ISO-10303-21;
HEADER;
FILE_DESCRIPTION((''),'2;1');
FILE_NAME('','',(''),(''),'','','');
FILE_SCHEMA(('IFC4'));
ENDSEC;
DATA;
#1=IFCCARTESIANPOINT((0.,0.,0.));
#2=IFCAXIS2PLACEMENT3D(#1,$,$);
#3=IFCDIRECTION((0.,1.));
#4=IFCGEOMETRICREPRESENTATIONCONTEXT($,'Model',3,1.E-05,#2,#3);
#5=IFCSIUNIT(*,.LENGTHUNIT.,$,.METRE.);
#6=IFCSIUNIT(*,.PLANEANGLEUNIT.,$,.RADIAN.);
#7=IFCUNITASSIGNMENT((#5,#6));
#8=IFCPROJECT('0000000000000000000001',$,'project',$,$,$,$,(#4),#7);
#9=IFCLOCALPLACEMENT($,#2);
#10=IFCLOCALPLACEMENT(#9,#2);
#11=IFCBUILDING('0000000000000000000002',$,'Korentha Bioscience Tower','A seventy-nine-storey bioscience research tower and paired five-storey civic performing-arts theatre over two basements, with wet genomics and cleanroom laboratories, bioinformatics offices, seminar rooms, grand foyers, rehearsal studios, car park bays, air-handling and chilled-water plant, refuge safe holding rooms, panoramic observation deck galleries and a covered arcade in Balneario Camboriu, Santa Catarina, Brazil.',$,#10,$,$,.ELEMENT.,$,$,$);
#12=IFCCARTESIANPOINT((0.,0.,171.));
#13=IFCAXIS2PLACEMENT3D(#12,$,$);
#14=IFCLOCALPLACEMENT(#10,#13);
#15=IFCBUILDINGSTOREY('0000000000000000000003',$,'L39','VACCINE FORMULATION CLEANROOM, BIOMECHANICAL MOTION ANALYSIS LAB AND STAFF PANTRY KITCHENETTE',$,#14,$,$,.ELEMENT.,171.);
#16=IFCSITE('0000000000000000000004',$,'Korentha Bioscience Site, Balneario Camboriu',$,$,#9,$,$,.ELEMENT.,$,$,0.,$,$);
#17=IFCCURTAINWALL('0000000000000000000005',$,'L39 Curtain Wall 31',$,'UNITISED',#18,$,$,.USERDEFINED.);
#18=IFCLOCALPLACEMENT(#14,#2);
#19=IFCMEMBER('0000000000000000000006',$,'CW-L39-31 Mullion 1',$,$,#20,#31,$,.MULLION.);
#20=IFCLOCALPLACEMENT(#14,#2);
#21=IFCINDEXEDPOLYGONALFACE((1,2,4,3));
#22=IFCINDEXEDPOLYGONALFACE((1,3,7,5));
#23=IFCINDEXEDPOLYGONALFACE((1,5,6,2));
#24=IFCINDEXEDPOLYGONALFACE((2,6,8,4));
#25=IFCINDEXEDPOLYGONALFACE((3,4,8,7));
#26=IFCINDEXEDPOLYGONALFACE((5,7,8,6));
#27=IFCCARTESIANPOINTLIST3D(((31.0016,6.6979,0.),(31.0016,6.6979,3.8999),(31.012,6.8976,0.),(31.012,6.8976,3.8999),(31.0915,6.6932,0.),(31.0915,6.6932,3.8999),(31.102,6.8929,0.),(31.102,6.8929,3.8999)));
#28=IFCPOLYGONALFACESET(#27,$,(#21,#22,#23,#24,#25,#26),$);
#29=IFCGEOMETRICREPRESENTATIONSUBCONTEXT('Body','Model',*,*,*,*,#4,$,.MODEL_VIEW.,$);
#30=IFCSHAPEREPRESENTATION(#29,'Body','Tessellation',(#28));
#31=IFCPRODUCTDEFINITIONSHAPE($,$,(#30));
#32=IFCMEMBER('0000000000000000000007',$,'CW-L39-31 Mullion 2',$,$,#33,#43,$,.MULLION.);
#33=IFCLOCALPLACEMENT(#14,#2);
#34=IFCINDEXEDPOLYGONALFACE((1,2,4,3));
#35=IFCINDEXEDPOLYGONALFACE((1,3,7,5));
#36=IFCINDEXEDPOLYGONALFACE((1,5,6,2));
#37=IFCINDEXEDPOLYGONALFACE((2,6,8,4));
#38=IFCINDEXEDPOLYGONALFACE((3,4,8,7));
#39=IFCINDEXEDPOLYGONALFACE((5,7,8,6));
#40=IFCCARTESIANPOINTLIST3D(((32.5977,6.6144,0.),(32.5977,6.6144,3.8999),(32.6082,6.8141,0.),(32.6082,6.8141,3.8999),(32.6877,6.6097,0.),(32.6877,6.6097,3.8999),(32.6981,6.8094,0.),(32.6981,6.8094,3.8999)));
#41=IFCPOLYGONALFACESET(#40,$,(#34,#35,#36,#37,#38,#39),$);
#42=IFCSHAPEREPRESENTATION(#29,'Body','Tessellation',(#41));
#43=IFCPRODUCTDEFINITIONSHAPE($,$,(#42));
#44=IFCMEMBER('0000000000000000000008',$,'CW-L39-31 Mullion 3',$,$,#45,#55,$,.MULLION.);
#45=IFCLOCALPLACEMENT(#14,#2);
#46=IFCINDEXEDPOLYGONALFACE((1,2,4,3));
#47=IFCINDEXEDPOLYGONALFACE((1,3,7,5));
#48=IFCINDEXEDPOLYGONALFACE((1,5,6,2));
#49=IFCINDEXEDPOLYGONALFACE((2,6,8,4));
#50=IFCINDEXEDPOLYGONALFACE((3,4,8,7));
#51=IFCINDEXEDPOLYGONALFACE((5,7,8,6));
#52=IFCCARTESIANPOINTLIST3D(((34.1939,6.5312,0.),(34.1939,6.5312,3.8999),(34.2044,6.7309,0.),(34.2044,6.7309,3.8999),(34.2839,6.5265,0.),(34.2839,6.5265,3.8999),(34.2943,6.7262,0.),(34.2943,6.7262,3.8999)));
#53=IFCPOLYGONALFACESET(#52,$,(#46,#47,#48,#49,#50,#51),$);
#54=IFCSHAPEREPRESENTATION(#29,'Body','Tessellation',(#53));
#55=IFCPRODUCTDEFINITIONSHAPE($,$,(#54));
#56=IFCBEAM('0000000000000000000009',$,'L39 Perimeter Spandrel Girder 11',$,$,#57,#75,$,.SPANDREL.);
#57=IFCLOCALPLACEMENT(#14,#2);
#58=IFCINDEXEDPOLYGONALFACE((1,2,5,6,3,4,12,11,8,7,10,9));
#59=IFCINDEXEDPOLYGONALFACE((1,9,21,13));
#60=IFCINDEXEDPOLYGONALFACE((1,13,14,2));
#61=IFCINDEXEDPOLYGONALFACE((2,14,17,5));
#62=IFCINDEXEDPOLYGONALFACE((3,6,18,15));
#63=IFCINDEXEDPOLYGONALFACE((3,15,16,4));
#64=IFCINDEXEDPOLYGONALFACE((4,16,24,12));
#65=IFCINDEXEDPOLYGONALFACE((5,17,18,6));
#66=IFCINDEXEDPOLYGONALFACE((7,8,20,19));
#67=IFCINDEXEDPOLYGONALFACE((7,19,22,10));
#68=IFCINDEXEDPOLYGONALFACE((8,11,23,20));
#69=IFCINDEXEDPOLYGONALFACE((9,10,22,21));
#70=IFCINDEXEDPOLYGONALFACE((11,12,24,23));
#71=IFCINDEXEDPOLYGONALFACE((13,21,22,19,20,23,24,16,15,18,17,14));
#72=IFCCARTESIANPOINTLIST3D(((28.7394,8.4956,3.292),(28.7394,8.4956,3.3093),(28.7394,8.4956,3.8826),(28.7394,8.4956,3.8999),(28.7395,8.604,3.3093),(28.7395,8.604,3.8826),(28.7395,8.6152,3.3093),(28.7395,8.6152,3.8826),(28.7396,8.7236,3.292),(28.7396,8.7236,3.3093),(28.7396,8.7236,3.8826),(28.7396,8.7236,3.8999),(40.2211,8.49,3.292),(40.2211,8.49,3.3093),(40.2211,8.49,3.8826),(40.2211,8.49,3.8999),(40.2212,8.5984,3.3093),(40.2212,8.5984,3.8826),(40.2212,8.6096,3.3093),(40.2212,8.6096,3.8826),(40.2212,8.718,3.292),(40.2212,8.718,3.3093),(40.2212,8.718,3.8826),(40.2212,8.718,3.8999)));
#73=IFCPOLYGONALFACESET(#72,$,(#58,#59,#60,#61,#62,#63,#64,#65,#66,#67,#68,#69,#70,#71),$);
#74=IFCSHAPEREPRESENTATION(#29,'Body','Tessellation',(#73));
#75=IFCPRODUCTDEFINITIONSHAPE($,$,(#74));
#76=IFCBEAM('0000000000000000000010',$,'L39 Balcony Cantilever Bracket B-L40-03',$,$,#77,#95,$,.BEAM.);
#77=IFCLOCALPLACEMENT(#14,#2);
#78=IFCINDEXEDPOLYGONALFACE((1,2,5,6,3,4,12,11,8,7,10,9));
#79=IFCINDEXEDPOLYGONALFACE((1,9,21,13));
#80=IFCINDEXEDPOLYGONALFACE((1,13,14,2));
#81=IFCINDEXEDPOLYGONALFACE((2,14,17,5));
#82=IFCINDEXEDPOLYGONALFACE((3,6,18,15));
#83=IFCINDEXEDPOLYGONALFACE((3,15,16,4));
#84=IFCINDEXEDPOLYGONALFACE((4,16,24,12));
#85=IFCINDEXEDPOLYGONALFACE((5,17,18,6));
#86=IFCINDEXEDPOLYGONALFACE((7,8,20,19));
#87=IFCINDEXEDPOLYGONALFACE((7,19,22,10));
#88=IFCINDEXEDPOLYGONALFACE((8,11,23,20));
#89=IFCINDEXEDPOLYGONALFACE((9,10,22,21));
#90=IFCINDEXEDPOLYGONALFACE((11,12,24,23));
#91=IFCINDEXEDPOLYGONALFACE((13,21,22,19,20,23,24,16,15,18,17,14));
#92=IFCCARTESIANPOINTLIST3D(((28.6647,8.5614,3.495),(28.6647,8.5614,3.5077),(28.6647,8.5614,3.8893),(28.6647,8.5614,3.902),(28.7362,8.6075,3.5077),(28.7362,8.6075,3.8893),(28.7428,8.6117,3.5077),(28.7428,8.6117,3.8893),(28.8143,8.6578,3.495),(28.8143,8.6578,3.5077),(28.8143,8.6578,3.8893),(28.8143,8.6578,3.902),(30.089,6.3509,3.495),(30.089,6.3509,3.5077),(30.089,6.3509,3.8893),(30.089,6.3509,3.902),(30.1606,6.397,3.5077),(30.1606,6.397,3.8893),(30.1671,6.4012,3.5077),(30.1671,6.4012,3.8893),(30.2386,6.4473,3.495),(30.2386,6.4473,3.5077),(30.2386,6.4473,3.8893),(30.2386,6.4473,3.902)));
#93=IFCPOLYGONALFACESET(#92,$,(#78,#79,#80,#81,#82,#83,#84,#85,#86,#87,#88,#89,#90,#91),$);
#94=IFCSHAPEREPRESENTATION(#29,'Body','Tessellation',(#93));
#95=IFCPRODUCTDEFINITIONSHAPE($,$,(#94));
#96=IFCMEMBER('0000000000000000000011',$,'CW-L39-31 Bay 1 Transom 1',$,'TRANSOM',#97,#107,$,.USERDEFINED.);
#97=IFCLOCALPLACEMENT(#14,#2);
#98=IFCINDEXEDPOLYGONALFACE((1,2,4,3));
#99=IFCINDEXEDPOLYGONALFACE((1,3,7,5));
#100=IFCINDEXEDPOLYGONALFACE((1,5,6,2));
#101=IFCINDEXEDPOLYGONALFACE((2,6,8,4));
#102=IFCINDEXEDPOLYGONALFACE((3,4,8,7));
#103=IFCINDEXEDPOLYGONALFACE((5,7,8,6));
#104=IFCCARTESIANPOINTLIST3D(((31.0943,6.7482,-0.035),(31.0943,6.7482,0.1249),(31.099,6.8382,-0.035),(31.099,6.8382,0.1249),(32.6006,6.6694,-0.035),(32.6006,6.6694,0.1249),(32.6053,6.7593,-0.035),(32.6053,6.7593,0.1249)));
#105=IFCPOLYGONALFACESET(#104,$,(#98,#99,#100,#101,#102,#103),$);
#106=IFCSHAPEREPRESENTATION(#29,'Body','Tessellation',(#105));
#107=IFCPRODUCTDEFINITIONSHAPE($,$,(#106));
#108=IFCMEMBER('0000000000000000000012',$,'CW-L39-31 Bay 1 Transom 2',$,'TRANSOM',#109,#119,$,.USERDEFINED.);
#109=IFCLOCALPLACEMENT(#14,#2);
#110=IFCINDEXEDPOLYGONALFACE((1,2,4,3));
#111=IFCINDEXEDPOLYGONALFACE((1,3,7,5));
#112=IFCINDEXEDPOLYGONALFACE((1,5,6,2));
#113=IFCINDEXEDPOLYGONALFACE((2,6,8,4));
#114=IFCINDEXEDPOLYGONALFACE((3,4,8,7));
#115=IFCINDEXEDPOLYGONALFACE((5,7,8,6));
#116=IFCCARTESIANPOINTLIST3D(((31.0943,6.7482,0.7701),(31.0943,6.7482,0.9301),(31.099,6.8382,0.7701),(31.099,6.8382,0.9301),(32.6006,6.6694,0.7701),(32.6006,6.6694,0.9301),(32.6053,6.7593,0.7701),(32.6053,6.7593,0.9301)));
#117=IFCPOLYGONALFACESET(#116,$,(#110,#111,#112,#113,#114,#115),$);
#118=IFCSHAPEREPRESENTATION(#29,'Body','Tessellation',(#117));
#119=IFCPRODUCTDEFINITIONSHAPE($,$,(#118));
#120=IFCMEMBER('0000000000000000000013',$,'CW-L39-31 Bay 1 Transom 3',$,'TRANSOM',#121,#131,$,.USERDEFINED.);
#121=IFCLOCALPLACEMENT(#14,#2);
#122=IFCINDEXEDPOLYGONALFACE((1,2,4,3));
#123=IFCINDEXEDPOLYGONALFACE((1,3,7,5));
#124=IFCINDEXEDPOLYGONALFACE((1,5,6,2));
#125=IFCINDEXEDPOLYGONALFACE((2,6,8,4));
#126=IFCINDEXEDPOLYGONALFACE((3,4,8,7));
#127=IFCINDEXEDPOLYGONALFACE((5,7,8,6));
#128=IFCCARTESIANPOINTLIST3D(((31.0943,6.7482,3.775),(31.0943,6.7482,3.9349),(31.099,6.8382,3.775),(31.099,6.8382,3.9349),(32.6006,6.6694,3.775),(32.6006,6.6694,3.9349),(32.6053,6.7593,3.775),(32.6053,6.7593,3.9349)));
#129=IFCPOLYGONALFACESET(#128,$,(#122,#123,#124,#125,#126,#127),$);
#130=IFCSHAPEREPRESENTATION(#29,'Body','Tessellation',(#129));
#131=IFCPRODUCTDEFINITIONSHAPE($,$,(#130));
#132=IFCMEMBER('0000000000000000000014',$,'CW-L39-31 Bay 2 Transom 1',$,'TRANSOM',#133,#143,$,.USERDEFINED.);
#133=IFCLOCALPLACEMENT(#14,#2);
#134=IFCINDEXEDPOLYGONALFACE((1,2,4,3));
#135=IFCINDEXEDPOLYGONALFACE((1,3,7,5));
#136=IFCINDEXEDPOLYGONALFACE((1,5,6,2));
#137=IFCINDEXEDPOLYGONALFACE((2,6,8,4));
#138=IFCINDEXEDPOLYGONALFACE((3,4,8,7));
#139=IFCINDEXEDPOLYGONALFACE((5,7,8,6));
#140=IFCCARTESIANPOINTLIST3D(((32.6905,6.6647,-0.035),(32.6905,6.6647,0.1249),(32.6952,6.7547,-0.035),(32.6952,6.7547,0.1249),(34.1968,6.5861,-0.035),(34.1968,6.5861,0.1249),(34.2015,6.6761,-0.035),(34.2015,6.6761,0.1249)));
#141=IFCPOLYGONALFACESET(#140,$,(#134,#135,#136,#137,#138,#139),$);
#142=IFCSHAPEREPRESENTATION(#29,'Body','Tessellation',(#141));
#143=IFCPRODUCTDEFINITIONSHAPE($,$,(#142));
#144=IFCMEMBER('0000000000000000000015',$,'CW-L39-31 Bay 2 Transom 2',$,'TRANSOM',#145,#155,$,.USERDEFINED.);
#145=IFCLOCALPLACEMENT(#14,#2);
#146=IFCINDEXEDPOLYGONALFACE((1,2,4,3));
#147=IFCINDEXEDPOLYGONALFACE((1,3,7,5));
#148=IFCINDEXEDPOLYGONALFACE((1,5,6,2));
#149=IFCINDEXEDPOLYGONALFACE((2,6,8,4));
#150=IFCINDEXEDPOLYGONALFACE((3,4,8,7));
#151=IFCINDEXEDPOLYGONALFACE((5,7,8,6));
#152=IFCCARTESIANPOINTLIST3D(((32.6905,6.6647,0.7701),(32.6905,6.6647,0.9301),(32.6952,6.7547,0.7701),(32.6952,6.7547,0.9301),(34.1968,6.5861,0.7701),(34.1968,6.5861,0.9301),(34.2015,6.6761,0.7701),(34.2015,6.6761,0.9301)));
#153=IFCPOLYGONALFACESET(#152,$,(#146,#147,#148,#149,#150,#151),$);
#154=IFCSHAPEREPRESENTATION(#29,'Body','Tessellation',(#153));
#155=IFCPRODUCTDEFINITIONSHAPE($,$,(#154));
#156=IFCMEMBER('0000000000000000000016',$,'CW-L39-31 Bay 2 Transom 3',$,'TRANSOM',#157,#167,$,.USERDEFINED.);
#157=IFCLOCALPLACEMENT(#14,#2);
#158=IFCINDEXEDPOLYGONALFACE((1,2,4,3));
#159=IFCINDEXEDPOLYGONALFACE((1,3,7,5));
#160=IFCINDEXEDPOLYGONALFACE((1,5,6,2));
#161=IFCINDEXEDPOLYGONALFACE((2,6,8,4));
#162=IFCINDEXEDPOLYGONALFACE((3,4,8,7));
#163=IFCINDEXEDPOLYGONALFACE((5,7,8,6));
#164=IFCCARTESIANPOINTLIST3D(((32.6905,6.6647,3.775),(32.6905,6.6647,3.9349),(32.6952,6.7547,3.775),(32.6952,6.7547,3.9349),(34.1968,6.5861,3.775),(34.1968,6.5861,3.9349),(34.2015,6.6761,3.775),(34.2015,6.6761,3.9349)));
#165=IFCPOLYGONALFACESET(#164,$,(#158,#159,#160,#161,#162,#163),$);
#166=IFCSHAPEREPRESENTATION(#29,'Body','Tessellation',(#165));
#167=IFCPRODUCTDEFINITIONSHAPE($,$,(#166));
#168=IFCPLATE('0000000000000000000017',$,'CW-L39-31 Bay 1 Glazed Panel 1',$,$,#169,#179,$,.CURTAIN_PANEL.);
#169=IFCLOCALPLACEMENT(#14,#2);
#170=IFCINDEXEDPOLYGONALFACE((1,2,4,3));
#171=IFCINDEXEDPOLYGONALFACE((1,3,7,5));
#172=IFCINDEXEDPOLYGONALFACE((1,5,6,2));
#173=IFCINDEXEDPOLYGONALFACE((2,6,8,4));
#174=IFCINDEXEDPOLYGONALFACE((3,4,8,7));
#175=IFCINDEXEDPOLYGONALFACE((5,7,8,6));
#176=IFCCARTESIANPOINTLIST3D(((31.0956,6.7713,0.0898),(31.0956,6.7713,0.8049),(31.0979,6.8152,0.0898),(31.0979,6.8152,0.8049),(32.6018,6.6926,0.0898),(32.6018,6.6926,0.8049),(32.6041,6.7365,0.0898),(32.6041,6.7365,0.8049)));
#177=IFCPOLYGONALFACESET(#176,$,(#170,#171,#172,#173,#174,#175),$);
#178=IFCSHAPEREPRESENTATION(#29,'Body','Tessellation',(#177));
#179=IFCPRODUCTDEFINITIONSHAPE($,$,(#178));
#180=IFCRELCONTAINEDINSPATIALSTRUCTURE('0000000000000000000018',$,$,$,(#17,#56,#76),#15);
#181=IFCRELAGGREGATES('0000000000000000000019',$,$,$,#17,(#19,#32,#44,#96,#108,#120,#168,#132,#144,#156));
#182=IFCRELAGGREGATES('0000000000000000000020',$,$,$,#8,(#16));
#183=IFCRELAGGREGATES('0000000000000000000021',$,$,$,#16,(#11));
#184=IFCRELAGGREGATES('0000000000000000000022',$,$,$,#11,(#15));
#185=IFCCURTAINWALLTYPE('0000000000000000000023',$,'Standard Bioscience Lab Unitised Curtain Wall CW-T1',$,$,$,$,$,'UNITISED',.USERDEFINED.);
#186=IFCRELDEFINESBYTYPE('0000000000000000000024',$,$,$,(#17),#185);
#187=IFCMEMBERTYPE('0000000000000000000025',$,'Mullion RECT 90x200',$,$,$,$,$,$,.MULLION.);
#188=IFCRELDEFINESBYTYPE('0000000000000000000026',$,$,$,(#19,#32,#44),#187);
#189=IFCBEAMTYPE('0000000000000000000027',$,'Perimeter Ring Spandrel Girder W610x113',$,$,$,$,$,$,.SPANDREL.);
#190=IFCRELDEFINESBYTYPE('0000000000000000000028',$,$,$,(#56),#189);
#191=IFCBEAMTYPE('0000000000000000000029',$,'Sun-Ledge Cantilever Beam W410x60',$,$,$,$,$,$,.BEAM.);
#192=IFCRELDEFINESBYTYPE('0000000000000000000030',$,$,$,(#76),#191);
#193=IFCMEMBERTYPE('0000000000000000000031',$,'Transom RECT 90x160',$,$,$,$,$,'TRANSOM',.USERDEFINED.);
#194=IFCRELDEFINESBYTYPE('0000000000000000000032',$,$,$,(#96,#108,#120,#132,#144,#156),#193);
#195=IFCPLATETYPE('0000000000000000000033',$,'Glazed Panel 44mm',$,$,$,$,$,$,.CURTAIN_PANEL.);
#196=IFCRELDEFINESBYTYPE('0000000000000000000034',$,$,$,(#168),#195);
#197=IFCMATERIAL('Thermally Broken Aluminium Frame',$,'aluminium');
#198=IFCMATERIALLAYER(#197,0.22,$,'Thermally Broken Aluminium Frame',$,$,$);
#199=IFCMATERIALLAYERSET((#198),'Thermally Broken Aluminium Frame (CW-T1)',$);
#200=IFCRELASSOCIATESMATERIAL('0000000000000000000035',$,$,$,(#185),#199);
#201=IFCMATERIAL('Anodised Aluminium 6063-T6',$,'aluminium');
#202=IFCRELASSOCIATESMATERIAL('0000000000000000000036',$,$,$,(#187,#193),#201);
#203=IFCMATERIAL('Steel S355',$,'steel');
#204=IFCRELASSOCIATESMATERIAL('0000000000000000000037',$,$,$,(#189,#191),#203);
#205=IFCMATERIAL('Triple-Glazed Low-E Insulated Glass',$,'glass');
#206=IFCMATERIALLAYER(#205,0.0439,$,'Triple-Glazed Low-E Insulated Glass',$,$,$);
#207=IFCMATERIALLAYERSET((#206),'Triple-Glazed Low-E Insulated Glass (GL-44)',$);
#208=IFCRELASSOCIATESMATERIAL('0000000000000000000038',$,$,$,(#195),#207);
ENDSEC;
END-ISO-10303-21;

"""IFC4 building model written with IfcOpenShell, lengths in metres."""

from ifc_helpers import new_model, si_unit, direction, frame, origin, origin_2d, place, context, subcontext, project, spatial, rectangle, i_section, extrude, material, layer, layer_set, material_profile, profile_set, type_object, element, aggregate, save


model = new_model("IFC4")

# Units and contexts
model_context = context("Model", 3, precision=1e-05, world=origin(), true_north=direction((0.0, 1.0)))
body_context = subcontext(model_context, "Body", "Model", "MODEL_VIEW")
ifc_project = project(units=[si_unit("LENGTHUNIT", "METRE"), si_unit("PLANEANGLEUNIT", "RADIAN")], contexts=[model_context])

# Site, building, storey
site_placement = place(None, origin())
site = spatial("IfcSite", under=ifc_project, at=site_placement, Name="Korentha Bioscience Site, Balneario Camboriu", CompositionType="ELEMENT", RefElevation=0.0)
building_placement = place(site_placement, origin())
building = spatial("IfcBuilding", under=site, at=building_placement, Name="Korentha Bioscience Tower", Description="A seventy-nine-storey bioscience research tower and paired five-storey civic performing-arts theatre over two basements, with wet genomics and cleanroom laboratories, bioinformatics offices, seminar rooms, grand foyers, rehearsal studios, car park bays, air-handling and chilled-water plant, refuge safe holding rooms, panoramic observation deck galleries and a covered arcade in Balneario Camboriu, Santa Catarina, Brazil.", CompositionType="ELEMENT")
storey_placement = place(building_placement, frame((0.0, 0.0, 171.0)))
storey = spatial("IfcBuildingStorey", under=building, at=storey_placement, Name="L39", Description="VACCINE FORMULATION CLEANROOM, BIOMECHANICAL MOTION ANALYSIS LAB AND STAFF PANTRY KITCHENETTE", CompositionType="ELEMENT", Elevation=171.0)

# Curtain wall, members
ifc_material_1 = material(Name="Thermally Broken Aluminium Frame", Category="aluminium")
ifc_layer_1 = layer(ifc_material_1, 0.22, Name="Thermally Broken Aluminium Frame")
ifc_layer_set_1 = layer_set([ifc_layer_1], Name="Thermally Broken Aluminium Frame (CW-T1)")
curtain_wall_type = type_object("IfcCurtainWallType", Name="Standard Bioscience Lab Unitised Curtain Wall CW-T1", ElementType="UNITISED", PredefinedType="USERDEFINED", material=ifc_layer_set_1)
curtain_wall_placement = place(storey_placement, origin())
curtain_wall = element("IfcCurtainWall", 1, at=curtain_wall_placement, inside=storey, type_object=curtain_wall_type, Name="L39 Curtain Wall 31", ObjectType="UNITISED", PredefinedType="USERDEFINED")
ifc_material_2 = material(Name="Anodised Aluminium 6063-T6", Category="aluminium")
ifc_material_profile_1 = material_profile(ifc_material_2, rectangle(XDim=0.0901, YDim=0.2, at=origin_2d()), Name="Anodised Aluminium 6063-T6")
ifc_profile_set_1 = profile_set([ifc_material_profile_1], Name="Anodised Aluminium 6063-T6 (CW-MUL)")
member_type_1 = type_object("IfcMemberType", Name="Mullion RECT 90x200", PredefinedType="MULLION", material=ifc_profile_set_1)
member_1_placement = place(storey_placement, frame((31.0518, 6.7954, 0.0), z_axis=(0.0, 0.0, 1.0), x_axis=(0.998638, -0.05218, 0.0)))
member_1 = element("IfcMember", 2, at=member_1_placement, type_object=member_type_1, Name="CW-L39-31 Mullion 1", PredefinedType="MULLION", context=body_context, shape_type="SweptSolid", body=[
    extrude(rectangle(XDim=0.0901, YDim=0.2, at=origin_2d()), origin(), (0.0, 0.0, 1.0), 3.8999),
])
member_2_placement = place(storey_placement, frame((32.6479, 6.7119, 0.0), z_axis=(0.0, 0.0, 1.0), x_axis=(0.998638, -0.05218, 0.0)))
member_2 = element("IfcMember", 3, at=member_2_placement, type_object=member_type_1, Name="CW-L39-31 Mullion 2", PredefinedType="MULLION", context=body_context, shape_type="SweptSolid", body=[
    extrude(rectangle(XDim=0.0901, YDim=0.2, at=origin_2d()), origin(), (0.0, 0.0, 1.0), 3.8999),
])
member_3_placement = place(storey_placement, frame((34.2441, 6.6287, 0.0), z_axis=(0.0, 0.0, 1.0), x_axis=(0.998638, -0.05218, 0.0)))
member_3 = element("IfcMember", 4, at=member_3_placement, type_object=member_type_1, Name="CW-L39-31 Mullion 3", PredefinedType="MULLION", context=body_context, shape_type="SweptSolid", body=[
    extrude(rectangle(XDim=0.0901, YDim=0.2, at=origin_2d()), origin(), (0.0, 0.0, 1.0), 3.8999),
])

# Beams
ifc_material_3 = material(Name="Steel S355", Category="steel")
ifc_material_profile_2 = material_profile(ifc_material_3, i_section(OverallWidth=0.228, OverallDepth=0.6079, WebThickness=0.0112, FlangeThickness=0.0173, at=origin_2d()), Name="Steel S355")
ifc_profile_set_2 = profile_set([ifc_material_profile_2], Name="Steel S355 (SB-610)")
beam_type_1 = type_object("IfcBeamType", Name="Perimeter Ring Spandrel Girder W610x113", PredefinedType="SPANDREL", material=ifc_profile_set_2)
beam_1_placement = place(storey_placement, frame((28.7395, 8.6096, 3.5959), z_axis=(1.0, -0.000489, 0.0), x_axis=(0.000489, 1.0, 0.0)))
element("IfcBeam", 5, at=beam_1_placement, inside=storey, type_object=beam_type_1, Name="L39 Perimeter Spandrel Girder 11", PredefinedType="SPANDREL", context=body_context, shape_type="SweptSolid", body=[
    extrude(i_section(OverallWidth=0.228, OverallDepth=0.6079, WebThickness=0.0112, FlangeThickness=0.0173, at=origin_2d()), origin(), (0.0, 0.0, 1.0), 11.4817),
])
ifc_material_profile_3 = material_profile(ifc_material_3, i_section(OverallWidth=0.178, OverallDepth=0.407, WebThickness=0.0078, FlangeThickness=0.0127, at=origin_2d()), Name="Steel S355")
ifc_profile_set_3 = profile_set([ifc_material_profile_3], Name="Steel S355 (CB-410)")
beam_type_2 = type_object("IfcBeamType", Name="Sun-Ledge Cantilever Beam W410x60", PredefinedType="BEAM", material=ifc_profile_set_3)
beam_2_placement = place(storey_placement, frame((28.7395, 8.6096, 3.6985), z_axis=(0.541649, -0.840605, 0.0), x_axis=(0.840605, 0.541649, 0.0)))
element("IfcBeam", 6, at=beam_2_placement, inside=storey, type_object=beam_type_2, Name="L39 Balcony Cantilever Bracket B-L40-03", PredefinedType="BEAM", context=body_context, shape_type="SweptSolid", body=[
    extrude(i_section(OverallWidth=0.178, OverallDepth=0.407, WebThickness=0.0078, FlangeThickness=0.0127, at=origin_2d()), origin(), (0.0, 0.0, 1.0), 2.6296),
])

# Members
ifc_material_profile_4 = material_profile(ifc_material_2, rectangle(XDim=0.0901, YDim=0.1599, at=origin_2d()), Name="Anodised Aluminium 6063-T6")
ifc_profile_set_4 = profile_set([ifc_material_profile_4], Name="Anodised Aluminium 6063-T6 (CW-TRN)")
member_type_2 = type_object("IfcMemberType", Name="Transom RECT 90x160", ElementType="TRANSOM", PredefinedType="USERDEFINED", material=ifc_profile_set_4)
member_4_placement = place(storey_placement, frame((31.0967, 6.7932, 0.0449), z_axis=(0.998633, -0.052278, 0.0), x_axis=(0.052278, 0.998633, 0.0)))
member_4 = element("IfcMember", 7, at=member_4_placement, type_object=member_type_2, Name="CW-L39-31 Bay 1 Transom 1", ObjectType="TRANSOM", PredefinedType="USERDEFINED", context=body_context, shape_type="SweptSolid", body=[
    extrude(rectangle(XDim=0.0901, YDim=0.1599, at=origin_2d()), origin(), (0.0, 0.0, 1.0), 1.5083),
])
member_5_placement = place(storey_placement, frame((31.0967, 6.7932, 0.8501), z_axis=(0.998633, -0.052278, 0.0), x_axis=(0.052278, 0.998633, 0.0)))
member_5 = element("IfcMember", 8, at=member_5_placement, type_object=member_type_2, Name="CW-L39-31 Bay 1 Transom 2", ObjectType="TRANSOM", PredefinedType="USERDEFINED", context=body_context, shape_type="SweptSolid", body=[
    extrude(rectangle(XDim=0.0901, YDim=0.1599, at=origin_2d()), origin(), (0.0, 0.0, 1.0), 1.5083),
])
member_6_placement = place(storey_placement, frame((31.0967, 6.7932, 3.855), z_axis=(0.998633, -0.052278, 0.0), x_axis=(0.052278, 0.998633, 0.0)))
member_6 = element("IfcMember", 9, at=member_6_placement, type_object=member_type_2, Name="CW-L39-31 Bay 1 Transom 3", ObjectType="TRANSOM", PredefinedType="USERDEFINED", context=body_context, shape_type="SweptSolid", body=[
    extrude(rectangle(XDim=0.0901, YDim=0.1599, at=origin_2d()), origin(), (0.0, 0.0, 1.0), 1.5083),
])
member_7_placement = place(storey_placement, frame((32.6929, 6.7097, 0.0449), z_axis=(0.998641, -0.052117, 0.0), x_axis=(0.052117, 0.998641, 0.0)))
member_7 = element("IfcMember", 10, at=member_7_placement, type_object=member_type_2, Name="CW-L39-31 Bay 2 Transom 1", ObjectType="TRANSOM", PredefinedType="USERDEFINED", context=body_context, shape_type="SweptSolid", body=[
    extrude(rectangle(XDim=0.0901, YDim=0.1599, at=origin_2d()), origin(), (0.0, 0.0, 1.0), 1.5083),
])
member_8_placement = place(storey_placement, frame((32.6929, 6.7097, 0.8501), z_axis=(0.998641, -0.052117, 0.0), x_axis=(0.052117, 0.998641, 0.0)))
member_8 = element("IfcMember", 11, at=member_8_placement, type_object=member_type_2, Name="CW-L39-31 Bay 2 Transom 2", ObjectType="TRANSOM", PredefinedType="USERDEFINED", context=body_context, shape_type="SweptSolid", body=[
    extrude(rectangle(XDim=0.0901, YDim=0.1599, at=origin_2d()), origin(), (0.0, 0.0, 1.0), 1.5083),
])
member_9_placement = place(storey_placement, frame((32.6929, 6.7097, 3.855), z_axis=(0.998641, -0.052117, 0.0), x_axis=(0.052117, 0.998641, 0.0)))
member_9 = element("IfcMember", 12, at=member_9_placement, type_object=member_type_2, Name="CW-L39-31 Bay 2 Transom 3", ObjectType="TRANSOM", PredefinedType="USERDEFINED", context=body_context, shape_type="SweptSolid", body=[
    extrude(rectangle(XDim=0.0901, YDim=0.1599, at=origin_2d()), origin(), (0.0, 0.0, 1.0), 1.5083),
])

# Plate
ifc_material_4 = material(Name="Triple-Glazed Low-E Insulated Glass", Category="glass")
ifc_layer_2 = layer(ifc_material_4, 0.0439, Name="Triple-Glazed Low-E Insulated Glass")
ifc_layer_set_2 = layer_set([ifc_layer_2], Name="Triple-Glazed Low-E Insulated Glass (GL-44)")
plate_type = type_object("IfcPlateType", Name="Glazed Panel 44mm", PredefinedType="CURTAIN_PANEL", material=ifc_layer_set_2)
plate_1_placement = place(storey_placement, frame((31.8499, 6.7539, 0.0898), z_axis=(0.0, 0.0, 1.0), x_axis=(0.998638, -0.05218, 0.0)))
plate_1 = element("IfcPlate", 13, at=plate_1_placement, type_object=plate_type, Name="CW-L39-31 Bay 1 Glazed Panel 1", PredefinedType="CURTAIN_PANEL", context=body_context, shape_type="SweptSolid", body=[
    extrude(rectangle(XDim=1.5083, YDim=0.0439, at=origin_2d()), origin(), (0.0, 0.0, 1.0), 0.7151),
])
aggregate(curtain_wall, [member_1, member_2, member_3, member_4, member_5, member_6, plate_1, member_7, member_8, member_9])

save(model, "model.ifc")
